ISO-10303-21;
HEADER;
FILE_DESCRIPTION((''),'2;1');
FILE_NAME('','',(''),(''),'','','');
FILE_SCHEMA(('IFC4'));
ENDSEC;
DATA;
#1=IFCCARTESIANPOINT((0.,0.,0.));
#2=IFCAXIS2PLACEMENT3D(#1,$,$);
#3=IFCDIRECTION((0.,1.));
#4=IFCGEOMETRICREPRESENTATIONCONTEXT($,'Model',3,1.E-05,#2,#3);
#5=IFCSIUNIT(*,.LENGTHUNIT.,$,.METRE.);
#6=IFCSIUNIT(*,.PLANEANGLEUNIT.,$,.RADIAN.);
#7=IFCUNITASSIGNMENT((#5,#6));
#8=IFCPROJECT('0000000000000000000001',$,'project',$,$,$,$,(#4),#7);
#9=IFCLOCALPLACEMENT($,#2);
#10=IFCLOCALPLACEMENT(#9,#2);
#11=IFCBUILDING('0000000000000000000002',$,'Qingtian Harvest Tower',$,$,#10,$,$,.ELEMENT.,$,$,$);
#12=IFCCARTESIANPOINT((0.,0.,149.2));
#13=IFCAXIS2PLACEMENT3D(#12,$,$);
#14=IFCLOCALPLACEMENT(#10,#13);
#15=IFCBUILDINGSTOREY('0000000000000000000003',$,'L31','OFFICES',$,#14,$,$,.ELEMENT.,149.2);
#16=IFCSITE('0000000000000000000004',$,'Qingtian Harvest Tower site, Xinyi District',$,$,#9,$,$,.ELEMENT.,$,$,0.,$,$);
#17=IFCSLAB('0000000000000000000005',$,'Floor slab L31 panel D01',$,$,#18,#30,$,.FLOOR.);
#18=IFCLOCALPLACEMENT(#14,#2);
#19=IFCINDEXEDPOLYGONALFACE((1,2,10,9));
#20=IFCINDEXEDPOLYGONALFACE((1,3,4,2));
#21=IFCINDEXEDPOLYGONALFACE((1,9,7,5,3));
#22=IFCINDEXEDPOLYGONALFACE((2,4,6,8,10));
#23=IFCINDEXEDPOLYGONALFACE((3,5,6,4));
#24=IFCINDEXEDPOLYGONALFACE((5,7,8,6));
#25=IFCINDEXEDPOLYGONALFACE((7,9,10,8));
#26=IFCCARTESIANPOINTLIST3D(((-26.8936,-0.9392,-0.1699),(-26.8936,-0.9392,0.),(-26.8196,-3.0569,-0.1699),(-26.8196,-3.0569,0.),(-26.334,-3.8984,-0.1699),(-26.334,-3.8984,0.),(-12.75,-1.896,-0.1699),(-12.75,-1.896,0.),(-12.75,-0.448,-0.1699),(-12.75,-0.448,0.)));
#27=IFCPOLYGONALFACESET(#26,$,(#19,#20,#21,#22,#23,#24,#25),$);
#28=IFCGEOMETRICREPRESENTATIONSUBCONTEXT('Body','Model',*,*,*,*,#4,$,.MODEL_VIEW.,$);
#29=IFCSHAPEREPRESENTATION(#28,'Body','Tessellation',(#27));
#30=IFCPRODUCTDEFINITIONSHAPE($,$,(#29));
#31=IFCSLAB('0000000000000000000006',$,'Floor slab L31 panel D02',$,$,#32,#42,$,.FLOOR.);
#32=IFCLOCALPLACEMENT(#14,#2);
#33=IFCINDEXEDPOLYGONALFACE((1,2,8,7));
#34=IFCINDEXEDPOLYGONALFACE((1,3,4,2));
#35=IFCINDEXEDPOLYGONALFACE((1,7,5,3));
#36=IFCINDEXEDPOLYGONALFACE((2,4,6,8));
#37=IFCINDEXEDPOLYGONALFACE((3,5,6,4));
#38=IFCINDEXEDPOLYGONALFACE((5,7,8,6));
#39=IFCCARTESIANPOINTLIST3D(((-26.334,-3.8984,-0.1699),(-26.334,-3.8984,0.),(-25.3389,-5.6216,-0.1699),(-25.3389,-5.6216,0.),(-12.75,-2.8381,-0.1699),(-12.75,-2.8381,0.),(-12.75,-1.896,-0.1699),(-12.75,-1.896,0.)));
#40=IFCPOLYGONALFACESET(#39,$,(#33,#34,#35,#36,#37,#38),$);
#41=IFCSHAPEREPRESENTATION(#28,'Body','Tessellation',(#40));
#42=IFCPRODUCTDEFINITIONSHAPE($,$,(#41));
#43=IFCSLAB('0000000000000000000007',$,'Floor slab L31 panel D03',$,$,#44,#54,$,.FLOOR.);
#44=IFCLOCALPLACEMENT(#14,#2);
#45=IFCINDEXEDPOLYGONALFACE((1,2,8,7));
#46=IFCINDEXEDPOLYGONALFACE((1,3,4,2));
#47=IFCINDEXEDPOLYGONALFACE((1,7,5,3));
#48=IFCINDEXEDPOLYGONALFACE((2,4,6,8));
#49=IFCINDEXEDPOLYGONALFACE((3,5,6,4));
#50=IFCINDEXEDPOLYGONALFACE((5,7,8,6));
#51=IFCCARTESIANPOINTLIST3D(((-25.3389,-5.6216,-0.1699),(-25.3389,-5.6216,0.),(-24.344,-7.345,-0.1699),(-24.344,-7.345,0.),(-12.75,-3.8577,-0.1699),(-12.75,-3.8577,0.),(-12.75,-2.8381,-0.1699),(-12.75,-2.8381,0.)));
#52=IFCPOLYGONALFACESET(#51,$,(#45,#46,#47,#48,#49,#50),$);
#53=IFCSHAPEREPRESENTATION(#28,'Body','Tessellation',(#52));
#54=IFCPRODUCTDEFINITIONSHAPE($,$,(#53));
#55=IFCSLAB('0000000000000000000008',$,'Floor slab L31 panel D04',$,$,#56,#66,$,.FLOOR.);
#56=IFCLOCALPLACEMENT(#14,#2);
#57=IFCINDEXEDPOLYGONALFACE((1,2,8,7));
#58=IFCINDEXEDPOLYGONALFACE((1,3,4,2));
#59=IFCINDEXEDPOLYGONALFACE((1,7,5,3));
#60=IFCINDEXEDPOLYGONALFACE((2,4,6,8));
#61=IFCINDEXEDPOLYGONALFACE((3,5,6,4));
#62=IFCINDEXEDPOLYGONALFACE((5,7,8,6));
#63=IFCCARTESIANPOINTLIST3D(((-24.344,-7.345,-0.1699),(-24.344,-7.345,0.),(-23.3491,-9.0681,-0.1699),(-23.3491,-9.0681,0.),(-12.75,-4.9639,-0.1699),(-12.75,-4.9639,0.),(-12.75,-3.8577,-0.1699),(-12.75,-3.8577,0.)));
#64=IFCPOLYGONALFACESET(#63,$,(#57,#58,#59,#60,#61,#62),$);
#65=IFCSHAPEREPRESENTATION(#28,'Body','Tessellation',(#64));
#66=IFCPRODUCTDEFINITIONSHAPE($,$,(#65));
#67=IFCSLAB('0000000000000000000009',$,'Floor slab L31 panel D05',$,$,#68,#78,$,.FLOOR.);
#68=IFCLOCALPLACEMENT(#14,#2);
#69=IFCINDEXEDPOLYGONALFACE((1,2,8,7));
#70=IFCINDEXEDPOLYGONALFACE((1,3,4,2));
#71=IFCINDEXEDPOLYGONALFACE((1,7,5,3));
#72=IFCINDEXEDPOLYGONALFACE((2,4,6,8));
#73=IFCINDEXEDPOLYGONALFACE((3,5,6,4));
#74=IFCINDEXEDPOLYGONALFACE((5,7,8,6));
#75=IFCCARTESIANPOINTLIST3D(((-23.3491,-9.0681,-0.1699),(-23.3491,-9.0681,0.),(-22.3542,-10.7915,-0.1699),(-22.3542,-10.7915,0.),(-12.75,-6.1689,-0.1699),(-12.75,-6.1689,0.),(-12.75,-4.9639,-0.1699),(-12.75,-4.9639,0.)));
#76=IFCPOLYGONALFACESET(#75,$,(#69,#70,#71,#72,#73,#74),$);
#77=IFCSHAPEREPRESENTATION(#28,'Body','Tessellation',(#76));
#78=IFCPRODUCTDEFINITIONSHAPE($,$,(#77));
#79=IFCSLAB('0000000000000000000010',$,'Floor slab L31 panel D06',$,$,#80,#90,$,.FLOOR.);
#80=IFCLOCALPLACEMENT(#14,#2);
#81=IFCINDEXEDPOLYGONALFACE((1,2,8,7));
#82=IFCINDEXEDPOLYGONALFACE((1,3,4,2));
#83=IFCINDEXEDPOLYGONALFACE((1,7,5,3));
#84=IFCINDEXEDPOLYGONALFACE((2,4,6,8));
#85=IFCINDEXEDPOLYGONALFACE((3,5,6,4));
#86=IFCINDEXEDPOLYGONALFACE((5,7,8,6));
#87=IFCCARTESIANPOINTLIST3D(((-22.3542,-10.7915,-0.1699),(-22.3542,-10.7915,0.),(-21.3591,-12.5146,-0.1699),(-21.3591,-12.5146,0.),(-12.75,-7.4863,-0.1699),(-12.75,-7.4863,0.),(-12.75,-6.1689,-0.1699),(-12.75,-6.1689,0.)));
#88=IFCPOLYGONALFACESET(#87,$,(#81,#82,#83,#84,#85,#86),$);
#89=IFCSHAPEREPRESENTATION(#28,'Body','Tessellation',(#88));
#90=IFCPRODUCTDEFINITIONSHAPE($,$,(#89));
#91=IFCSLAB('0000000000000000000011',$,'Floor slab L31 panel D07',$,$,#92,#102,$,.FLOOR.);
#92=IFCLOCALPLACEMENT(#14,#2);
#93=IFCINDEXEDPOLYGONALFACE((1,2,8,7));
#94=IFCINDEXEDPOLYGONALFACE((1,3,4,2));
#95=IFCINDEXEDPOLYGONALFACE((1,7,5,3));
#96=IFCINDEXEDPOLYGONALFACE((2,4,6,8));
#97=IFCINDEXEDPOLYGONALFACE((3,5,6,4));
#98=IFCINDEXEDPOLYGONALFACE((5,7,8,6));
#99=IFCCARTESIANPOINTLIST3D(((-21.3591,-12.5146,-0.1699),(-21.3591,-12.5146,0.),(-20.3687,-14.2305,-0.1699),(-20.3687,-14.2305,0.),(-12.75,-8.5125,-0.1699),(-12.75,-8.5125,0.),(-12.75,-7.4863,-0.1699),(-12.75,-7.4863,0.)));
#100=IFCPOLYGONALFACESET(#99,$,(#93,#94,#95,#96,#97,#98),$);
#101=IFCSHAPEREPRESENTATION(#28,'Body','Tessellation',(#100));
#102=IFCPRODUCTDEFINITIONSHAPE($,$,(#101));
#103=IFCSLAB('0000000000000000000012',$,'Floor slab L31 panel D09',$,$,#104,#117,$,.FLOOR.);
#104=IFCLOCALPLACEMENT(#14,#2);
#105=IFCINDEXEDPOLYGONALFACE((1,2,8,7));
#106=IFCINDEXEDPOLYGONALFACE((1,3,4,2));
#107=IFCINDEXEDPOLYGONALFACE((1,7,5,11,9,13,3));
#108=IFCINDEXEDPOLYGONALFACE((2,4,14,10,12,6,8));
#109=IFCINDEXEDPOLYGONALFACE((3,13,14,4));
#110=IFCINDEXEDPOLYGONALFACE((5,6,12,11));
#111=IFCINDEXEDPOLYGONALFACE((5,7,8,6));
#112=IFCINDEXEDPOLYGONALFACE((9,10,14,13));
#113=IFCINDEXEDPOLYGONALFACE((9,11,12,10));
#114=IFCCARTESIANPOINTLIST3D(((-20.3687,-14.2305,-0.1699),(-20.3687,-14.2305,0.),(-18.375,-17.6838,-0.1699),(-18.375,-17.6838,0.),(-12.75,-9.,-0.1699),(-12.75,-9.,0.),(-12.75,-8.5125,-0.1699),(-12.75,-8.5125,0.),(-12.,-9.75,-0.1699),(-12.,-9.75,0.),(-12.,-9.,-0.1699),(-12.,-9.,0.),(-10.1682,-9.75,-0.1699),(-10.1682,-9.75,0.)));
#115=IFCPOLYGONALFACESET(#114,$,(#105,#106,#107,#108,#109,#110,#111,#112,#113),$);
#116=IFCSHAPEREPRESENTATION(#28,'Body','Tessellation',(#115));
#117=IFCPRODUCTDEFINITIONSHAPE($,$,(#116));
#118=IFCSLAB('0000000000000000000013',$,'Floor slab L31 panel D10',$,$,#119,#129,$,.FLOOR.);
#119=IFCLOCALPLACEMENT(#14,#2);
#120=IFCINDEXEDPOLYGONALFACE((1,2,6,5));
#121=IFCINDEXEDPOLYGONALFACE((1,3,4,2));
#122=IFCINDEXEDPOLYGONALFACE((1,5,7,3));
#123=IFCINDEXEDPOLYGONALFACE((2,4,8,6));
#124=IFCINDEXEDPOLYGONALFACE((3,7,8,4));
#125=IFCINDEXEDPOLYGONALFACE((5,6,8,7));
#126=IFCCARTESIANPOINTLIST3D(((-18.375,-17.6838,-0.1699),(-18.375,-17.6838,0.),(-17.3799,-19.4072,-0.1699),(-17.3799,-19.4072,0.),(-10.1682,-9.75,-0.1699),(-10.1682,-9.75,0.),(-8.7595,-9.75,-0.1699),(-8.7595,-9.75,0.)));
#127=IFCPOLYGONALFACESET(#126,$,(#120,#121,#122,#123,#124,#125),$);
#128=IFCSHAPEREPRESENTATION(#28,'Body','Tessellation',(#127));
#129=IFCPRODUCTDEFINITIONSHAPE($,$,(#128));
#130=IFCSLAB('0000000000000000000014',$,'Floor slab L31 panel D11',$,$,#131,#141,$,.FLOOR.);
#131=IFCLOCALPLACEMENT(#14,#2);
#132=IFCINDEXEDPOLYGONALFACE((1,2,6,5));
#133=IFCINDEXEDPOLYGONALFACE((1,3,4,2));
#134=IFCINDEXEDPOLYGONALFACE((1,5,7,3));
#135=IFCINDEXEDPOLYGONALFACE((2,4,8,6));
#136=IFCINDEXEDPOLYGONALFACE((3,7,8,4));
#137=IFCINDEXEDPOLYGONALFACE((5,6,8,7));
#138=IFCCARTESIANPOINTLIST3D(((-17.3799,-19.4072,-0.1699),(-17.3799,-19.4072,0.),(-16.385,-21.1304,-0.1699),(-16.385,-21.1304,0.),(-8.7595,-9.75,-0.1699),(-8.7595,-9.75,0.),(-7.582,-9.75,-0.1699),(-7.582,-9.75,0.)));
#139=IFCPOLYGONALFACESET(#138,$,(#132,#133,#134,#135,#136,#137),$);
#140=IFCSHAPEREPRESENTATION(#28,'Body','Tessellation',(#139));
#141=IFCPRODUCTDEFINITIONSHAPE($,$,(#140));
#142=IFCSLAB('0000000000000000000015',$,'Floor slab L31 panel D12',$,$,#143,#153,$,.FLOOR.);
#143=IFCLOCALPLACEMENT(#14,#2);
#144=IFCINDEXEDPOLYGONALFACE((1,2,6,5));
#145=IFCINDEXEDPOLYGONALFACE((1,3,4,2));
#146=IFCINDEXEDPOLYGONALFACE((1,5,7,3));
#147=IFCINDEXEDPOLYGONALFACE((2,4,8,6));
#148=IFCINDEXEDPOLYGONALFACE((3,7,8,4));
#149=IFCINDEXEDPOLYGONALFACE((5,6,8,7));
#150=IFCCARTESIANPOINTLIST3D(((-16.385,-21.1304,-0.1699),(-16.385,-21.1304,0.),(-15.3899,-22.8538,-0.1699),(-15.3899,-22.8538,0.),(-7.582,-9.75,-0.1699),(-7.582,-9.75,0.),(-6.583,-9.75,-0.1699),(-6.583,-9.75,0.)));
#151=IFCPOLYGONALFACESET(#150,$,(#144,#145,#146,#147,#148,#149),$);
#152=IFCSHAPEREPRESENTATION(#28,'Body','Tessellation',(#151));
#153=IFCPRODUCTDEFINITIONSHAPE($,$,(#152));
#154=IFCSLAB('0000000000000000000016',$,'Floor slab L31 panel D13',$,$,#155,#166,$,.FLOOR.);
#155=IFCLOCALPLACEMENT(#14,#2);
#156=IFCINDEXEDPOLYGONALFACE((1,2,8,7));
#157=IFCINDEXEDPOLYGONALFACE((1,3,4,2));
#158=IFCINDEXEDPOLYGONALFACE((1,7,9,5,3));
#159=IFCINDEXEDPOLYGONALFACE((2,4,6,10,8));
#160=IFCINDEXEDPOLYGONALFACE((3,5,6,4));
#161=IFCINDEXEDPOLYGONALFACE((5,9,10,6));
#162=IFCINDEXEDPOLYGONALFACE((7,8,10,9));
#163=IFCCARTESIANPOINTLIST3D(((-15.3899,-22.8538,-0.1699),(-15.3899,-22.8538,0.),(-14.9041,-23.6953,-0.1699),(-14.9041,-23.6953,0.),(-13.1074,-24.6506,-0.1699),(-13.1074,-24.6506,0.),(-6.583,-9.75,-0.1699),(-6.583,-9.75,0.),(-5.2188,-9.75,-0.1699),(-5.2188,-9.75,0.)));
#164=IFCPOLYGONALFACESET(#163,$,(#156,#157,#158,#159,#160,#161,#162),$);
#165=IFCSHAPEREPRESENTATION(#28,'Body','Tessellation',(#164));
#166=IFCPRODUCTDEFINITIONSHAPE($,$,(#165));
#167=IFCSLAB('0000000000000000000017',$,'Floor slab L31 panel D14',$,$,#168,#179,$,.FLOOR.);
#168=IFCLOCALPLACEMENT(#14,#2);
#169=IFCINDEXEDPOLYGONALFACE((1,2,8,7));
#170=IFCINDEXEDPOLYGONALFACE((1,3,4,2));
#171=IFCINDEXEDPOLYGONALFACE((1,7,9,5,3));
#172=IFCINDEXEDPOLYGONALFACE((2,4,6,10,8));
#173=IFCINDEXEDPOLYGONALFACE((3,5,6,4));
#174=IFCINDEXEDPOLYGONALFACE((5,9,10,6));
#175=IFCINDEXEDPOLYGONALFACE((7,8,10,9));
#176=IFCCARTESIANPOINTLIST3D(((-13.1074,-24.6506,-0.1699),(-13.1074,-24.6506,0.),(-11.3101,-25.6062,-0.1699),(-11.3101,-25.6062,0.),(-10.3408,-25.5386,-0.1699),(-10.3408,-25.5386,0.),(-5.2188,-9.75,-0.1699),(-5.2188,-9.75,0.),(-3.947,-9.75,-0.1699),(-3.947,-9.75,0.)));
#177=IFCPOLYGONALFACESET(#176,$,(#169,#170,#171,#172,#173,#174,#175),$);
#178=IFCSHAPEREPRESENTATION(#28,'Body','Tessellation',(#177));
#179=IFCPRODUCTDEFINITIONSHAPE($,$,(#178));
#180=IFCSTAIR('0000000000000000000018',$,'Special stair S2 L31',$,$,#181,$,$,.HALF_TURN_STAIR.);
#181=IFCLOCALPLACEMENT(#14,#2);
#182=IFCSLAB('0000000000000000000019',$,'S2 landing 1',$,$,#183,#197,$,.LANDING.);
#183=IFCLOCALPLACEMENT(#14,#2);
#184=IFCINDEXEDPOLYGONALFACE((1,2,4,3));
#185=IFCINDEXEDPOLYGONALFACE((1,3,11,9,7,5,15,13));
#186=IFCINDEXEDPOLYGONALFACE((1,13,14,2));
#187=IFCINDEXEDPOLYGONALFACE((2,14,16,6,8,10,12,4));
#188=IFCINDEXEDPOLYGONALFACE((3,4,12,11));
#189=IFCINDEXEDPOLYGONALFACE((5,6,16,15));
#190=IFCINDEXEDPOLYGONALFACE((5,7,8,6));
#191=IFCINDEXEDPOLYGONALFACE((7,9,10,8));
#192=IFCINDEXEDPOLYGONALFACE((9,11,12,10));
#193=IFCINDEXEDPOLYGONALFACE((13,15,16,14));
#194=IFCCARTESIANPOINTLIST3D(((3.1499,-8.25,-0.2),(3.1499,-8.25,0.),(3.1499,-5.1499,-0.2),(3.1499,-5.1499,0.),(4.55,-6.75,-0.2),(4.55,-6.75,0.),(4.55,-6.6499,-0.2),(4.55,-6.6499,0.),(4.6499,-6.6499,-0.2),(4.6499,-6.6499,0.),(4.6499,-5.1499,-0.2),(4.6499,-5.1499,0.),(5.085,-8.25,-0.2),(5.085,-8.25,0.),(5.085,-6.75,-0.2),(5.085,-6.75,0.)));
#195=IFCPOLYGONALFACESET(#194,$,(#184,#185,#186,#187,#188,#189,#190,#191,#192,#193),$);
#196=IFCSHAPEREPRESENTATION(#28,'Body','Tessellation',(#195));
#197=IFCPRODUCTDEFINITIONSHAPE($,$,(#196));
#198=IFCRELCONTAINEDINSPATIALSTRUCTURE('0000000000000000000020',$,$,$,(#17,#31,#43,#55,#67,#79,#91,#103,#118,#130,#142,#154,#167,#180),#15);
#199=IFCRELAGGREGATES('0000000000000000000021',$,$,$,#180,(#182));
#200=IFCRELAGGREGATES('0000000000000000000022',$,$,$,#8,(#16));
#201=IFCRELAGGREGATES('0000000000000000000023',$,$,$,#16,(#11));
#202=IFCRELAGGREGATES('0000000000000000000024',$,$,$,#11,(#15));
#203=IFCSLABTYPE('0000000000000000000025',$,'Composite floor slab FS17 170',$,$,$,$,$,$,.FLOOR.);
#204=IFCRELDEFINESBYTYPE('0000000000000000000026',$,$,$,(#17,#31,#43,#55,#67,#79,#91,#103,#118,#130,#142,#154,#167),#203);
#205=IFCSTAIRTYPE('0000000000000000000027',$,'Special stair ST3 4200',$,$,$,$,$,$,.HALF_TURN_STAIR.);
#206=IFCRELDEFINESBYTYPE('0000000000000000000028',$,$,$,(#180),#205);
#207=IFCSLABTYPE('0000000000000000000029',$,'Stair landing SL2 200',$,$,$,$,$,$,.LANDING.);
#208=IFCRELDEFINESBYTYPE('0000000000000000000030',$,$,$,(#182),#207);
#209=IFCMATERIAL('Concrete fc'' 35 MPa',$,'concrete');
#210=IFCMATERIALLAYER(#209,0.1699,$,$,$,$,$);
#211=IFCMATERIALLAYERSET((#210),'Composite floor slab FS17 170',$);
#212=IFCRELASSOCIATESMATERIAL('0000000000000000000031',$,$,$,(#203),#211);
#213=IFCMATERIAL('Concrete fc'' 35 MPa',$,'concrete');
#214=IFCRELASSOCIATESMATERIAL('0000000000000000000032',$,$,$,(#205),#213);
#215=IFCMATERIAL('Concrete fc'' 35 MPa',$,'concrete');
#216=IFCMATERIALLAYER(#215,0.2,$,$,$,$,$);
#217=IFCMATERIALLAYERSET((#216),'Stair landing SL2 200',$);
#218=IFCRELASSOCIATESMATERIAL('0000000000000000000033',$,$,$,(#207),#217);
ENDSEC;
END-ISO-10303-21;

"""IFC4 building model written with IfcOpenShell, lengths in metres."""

from ifc_helpers import new_model, si_unit, direction, frame, origin, place, context, subcontext, project, spatial, polyline, outline, extrude, material, layer, layer_set, type_object, element, aggregate, save


model = new_model("IFC4")

# Units and contexts
model_context = context("Model", 3, precision=1e-05, world=origin(), true_north=direction((0.0, 1.0)))
body_context = subcontext(model_context, "Body", "Model", "MODEL_VIEW")
ifc_project = project(units=[si_unit("LENGTHUNIT", "METRE"), si_unit("PLANEANGLEUNIT", "RADIAN")], contexts=[model_context])

# Site, building, storey
site_placement = place(None, origin())
site = spatial("IfcSite", under=ifc_project, at=site_placement, Name="Qingtian Harvest Tower site, Xinyi District", CompositionType="ELEMENT", RefElevation=0.0)
building_placement = place(site_placement, origin())
building = spatial("IfcBuilding", under=site, at=building_placement, Name="Qingtian Harvest Tower", CompositionType="ELEMENT")
storey_placement = place(building_placement, frame((0.0, 0.0, 149.2)))
storey = spatial("IfcBuildingStorey", under=building, at=storey_placement, Name="L31", Description="OFFICES", CompositionType="ELEMENT", Elevation=149.2)

# Slabs
ifc_material_1 = material(Name="Concrete fc' 35 MPa", Category="concrete")
ifc_layer_1 = layer(ifc_material_1, 0.1699)
ifc_layer_set_1 = layer_set([ifc_layer_1], Name="Composite floor slab FS17 170")
slab_type_1 = type_object("IfcSlabType", Name="Composite floor slab FS17 170", PredefinedType="FLOOR", material=ifc_layer_set_1)
slab_1_placement = place(storey_placement, frame((0.0, 0.0, -0.1699)))
element("IfcSlab", 1, at=slab_1_placement, inside=storey, type_object=slab_type_1, Name="Floor slab L31 panel D01", PredefinedType="FLOOR", context=body_context, shape_type="SweptSolid", body=[
    extrude(outline(polyline([(-26.8936, -0.9392), (-12.75, -0.448), (-12.75, -1.896), (-26.334, -3.8984), (-26.8196, -3.0569), (-26.8936, -0.9392)])), origin(), (0.0, 0.0, 1.0), 0.1699),
])
slab_2_placement = place(storey_placement, frame((0.0, 0.0, -0.1699)))
element("IfcSlab", 2, at=slab_2_placement, inside=storey, type_object=slab_type_1, Name="Floor slab L31 panel D02", PredefinedType="FLOOR", context=body_context, shape_type="SweptSolid", body=[
    extrude(outline(polyline([(-12.75, -2.8381), (-25.3389, -5.6216), (-26.334, -3.8984), (-12.75, -1.896), (-12.75, -2.8381)])), origin(), (0.0, 0.0, 1.0), 0.1699),
])
slab_3_placement = place(storey_placement, frame((0.0, 0.0, -0.1699)))
element("IfcSlab", 3, at=slab_3_placement, inside=storey, type_object=slab_type_1, Name="Floor slab L31 panel D03", PredefinedType="FLOOR", context=body_context, shape_type="SweptSolid", body=[
    extrude(outline(polyline([(-12.75, -3.8577), (-24.344, -7.345), (-25.3389, -5.6216), (-12.75, -2.8381), (-12.75, -3.8577)])), origin(), (0.0, 0.0, 1.0), 0.1699),
])
slab_4_placement = place(storey_placement, frame((0.0, 0.0, -0.1699)))
element("IfcSlab", 4, at=slab_4_placement, inside=storey, type_object=slab_type_1, Name="Floor slab L31 panel D04", PredefinedType="FLOOR", context=body_context, shape_type="SweptSolid", body=[
    extrude(outline(polyline([(-12.75, -4.9639), (-23.3491, -9.0681), (-24.344, -7.345), (-12.75, -3.8577), (-12.75, -4.9639)])), origin(), (0.0, 0.0, 1.0), 0.1699),
])
slab_5_placement = place(storey_placement, frame((0.0, 0.0, -0.1699)))
element("IfcSlab", 5, at=slab_5_placement, inside=storey, type_object=slab_type_1, Name="Floor slab L31 panel D05", PredefinedType="FLOOR", context=body_context, shape_type="SweptSolid", body=[
    extrude(outline(polyline([(-12.75, -6.1689), (-22.3542, -10.7915), (-23.3491, -9.0681), (-12.75, -4.9639), (-12.75, -6.1689)])), origin(), (0.0, 0.0, 1.0), 0.1699),
])
slab_6_placement = place(storey_placement, frame((0.0, 0.0, -0.1699)))
element("IfcSlab", 6, at=slab_6_placement, inside=storey, type_object=slab_type_1, Name="Floor slab L31 panel D06", PredefinedType="FLOOR", context=body_context, shape_type="SweptSolid", body=[
    extrude(outline(polyline([(-12.75, -7.4863), (-21.3591, -12.5146), (-22.3542, -10.7915), (-12.75, -6.1689), (-12.75, -7.4863)])), origin(), (0.0, 0.0, 1.0), 0.1699),
])
slab_7_placement = place(storey_placement, frame((0.0, 0.0, -0.1699)))
element("IfcSlab", 7, at=slab_7_placement, inside=storey, type_object=slab_type_1, Name="Floor slab L31 panel D07", PredefinedType="FLOOR", context=body_context, shape_type="SweptSolid", body=[
    extrude(outline(polyline([(-12.75, -8.5125), (-20.3687, -14.2305), (-21.3591, -12.5146), (-12.75, -7.4863), (-12.75, -8.5125)])), origin(), (0.0, 0.0, 1.0), 0.1699),
])
slab_8_placement = place(storey_placement, frame((0.0, 0.0, -0.1699)))
element("IfcSlab", 8, at=slab_8_placement, inside=storey, type_object=slab_type_1, Name="Floor slab L31 panel D09", PredefinedType="FLOOR", context=body_context, shape_type="SweptSolid", body=[
    extrude(outline(polyline([(-18.375, -17.6838), (-20.3687, -14.2305), (-12.75, -8.5125), (-12.75, -9.0), (-12.0, -9.0), (-12.0, -9.75), (-10.1682, -9.75), (-18.375, -17.6838)])), origin(), (0.0, 0.0, 1.0), 0.1699),
])
slab_9_placement = place(storey_placement, frame((0.0, 0.0, -0.1699)))
element("IfcSlab", 9, at=slab_9_placement, inside=storey, type_object=slab_type_1, Name="Floor slab L31 panel D10", PredefinedType="FLOOR", context=body_context, shape_type="SweptSolid", body=[
    extrude(outline(polyline([(-8.7595, -9.75), (-17.3799, -19.4072), (-18.375, -17.6838), (-10.1682, -9.75), (-8.7595, -9.75)])), origin(), (0.0, 0.0, 1.0), 0.1699),
])
slab_10_placement = place(storey_placement, frame((0.0, 0.0, -0.1699)))
element("IfcSlab", 10, at=slab_10_placement, inside=storey, type_object=slab_type_1, Name="Floor slab L31 panel D11", PredefinedType="FLOOR", context=body_context, shape_type="SweptSolid", body=[
    extrude(outline(polyline([(-7.582, -9.75), (-16.385, -21.1304), (-17.3799, -19.4072), (-8.7595, -9.75), (-7.582, -9.75)])), origin(), (0.0, 0.0, 1.0), 0.1699),
])
slab_11_placement = place(storey_placement, frame((0.0, 0.0, -0.1699)))
element("IfcSlab", 11, at=slab_11_placement, inside=storey, type_object=slab_type_1, Name="Floor slab L31 panel D12", PredefinedType="FLOOR", context=body_context, shape_type="SweptSolid", body=[
    extrude(outline(polyline([(-6.583, -9.75), (-15.3899, -22.8538), (-16.385, -21.1304), (-7.582, -9.75), (-6.583, -9.75)])), origin(), (0.0, 0.0, 1.0), 0.1699),
])
slab_12_placement = place(storey_placement, frame((0.0, 0.0, -0.1699)))
element("IfcSlab", 12, at=slab_12_placement, inside=storey, type_object=slab_type_1, Name="Floor slab L31 panel D13", PredefinedType="FLOOR", context=body_context, shape_type="SweptSolid", body=[
    extrude(outline(polyline([(-6.583, -9.75), (-5.2188, -9.75), (-13.1074, -24.6506), (-14.9041, -23.6953), (-15.3899, -22.8538), (-6.583, -9.75)])), origin(), (0.0, 0.0, 1.0), 0.1699),
])
slab_13_placement = place(storey_placement, frame((0.0, 0.0, -0.1699)))
element("IfcSlab", 13, at=slab_13_placement, inside=storey, type_object=slab_type_1, Name="Floor slab L31 panel D14", PredefinedType="FLOOR", context=body_context, shape_type="SweptSolid", body=[
    extrude(outline(polyline([(-5.2188, -9.75), (-3.947, -9.75), (-10.3408, -25.5386), (-11.3101, -25.6062), (-13.1074, -24.6506), (-5.2188, -9.75)])), origin(), (0.0, 0.0, 1.0), 0.1699),
])

# Stair, slab
ifc_material_2 = material(Name="Concrete fc' 35 MPa", Category="concrete")
stair_type = type_object("IfcStairType", Name="Special stair ST3 4200", PredefinedType="HALF_TURN_STAIR", material=ifc_material_2)
stair_placement = place(storey_placement, origin())
stair = element("IfcStair", 14, at=stair_placement, inside=storey, type_object=stair_type, Name="Special stair S2 L31", PredefinedType="HALF_TURN_STAIR")
ifc_material_3 = material(Name="Concrete fc' 35 MPa", Category="concrete")
ifc_layer_2 = layer(ifc_material_3, 0.2)
ifc_layer_set_2 = layer_set([ifc_layer_2], Name="Stair landing SL2 200")
slab_type_2 = type_object("IfcSlabType", Name="Stair landing SL2 200", PredefinedType="LANDING", material=ifc_layer_set_2)
slab_14_placement = place(storey_placement, frame((0.0, 0.0, -0.2)))
slab_14 = element("IfcSlab", 15, at=slab_14_placement, type_object=slab_type_2, Name="S2 landing 1", PredefinedType="LANDING", context=body_context, shape_type="SweptSolid", body=[
    extrude(outline(polyline([(5.085, -8.25), (3.1499, -8.25), (3.1499, -5.1499), (4.6499, -5.1499), (4.6499, -6.6499), (4.55, -6.6499), (4.55, -6.75), (5.085, -6.75), (5.085, -8.25)])), origin(), (0.0, 0.0, 1.0), 0.2),
])
aggregate(stair, [slab_14])

save(model, "model.ifc")
